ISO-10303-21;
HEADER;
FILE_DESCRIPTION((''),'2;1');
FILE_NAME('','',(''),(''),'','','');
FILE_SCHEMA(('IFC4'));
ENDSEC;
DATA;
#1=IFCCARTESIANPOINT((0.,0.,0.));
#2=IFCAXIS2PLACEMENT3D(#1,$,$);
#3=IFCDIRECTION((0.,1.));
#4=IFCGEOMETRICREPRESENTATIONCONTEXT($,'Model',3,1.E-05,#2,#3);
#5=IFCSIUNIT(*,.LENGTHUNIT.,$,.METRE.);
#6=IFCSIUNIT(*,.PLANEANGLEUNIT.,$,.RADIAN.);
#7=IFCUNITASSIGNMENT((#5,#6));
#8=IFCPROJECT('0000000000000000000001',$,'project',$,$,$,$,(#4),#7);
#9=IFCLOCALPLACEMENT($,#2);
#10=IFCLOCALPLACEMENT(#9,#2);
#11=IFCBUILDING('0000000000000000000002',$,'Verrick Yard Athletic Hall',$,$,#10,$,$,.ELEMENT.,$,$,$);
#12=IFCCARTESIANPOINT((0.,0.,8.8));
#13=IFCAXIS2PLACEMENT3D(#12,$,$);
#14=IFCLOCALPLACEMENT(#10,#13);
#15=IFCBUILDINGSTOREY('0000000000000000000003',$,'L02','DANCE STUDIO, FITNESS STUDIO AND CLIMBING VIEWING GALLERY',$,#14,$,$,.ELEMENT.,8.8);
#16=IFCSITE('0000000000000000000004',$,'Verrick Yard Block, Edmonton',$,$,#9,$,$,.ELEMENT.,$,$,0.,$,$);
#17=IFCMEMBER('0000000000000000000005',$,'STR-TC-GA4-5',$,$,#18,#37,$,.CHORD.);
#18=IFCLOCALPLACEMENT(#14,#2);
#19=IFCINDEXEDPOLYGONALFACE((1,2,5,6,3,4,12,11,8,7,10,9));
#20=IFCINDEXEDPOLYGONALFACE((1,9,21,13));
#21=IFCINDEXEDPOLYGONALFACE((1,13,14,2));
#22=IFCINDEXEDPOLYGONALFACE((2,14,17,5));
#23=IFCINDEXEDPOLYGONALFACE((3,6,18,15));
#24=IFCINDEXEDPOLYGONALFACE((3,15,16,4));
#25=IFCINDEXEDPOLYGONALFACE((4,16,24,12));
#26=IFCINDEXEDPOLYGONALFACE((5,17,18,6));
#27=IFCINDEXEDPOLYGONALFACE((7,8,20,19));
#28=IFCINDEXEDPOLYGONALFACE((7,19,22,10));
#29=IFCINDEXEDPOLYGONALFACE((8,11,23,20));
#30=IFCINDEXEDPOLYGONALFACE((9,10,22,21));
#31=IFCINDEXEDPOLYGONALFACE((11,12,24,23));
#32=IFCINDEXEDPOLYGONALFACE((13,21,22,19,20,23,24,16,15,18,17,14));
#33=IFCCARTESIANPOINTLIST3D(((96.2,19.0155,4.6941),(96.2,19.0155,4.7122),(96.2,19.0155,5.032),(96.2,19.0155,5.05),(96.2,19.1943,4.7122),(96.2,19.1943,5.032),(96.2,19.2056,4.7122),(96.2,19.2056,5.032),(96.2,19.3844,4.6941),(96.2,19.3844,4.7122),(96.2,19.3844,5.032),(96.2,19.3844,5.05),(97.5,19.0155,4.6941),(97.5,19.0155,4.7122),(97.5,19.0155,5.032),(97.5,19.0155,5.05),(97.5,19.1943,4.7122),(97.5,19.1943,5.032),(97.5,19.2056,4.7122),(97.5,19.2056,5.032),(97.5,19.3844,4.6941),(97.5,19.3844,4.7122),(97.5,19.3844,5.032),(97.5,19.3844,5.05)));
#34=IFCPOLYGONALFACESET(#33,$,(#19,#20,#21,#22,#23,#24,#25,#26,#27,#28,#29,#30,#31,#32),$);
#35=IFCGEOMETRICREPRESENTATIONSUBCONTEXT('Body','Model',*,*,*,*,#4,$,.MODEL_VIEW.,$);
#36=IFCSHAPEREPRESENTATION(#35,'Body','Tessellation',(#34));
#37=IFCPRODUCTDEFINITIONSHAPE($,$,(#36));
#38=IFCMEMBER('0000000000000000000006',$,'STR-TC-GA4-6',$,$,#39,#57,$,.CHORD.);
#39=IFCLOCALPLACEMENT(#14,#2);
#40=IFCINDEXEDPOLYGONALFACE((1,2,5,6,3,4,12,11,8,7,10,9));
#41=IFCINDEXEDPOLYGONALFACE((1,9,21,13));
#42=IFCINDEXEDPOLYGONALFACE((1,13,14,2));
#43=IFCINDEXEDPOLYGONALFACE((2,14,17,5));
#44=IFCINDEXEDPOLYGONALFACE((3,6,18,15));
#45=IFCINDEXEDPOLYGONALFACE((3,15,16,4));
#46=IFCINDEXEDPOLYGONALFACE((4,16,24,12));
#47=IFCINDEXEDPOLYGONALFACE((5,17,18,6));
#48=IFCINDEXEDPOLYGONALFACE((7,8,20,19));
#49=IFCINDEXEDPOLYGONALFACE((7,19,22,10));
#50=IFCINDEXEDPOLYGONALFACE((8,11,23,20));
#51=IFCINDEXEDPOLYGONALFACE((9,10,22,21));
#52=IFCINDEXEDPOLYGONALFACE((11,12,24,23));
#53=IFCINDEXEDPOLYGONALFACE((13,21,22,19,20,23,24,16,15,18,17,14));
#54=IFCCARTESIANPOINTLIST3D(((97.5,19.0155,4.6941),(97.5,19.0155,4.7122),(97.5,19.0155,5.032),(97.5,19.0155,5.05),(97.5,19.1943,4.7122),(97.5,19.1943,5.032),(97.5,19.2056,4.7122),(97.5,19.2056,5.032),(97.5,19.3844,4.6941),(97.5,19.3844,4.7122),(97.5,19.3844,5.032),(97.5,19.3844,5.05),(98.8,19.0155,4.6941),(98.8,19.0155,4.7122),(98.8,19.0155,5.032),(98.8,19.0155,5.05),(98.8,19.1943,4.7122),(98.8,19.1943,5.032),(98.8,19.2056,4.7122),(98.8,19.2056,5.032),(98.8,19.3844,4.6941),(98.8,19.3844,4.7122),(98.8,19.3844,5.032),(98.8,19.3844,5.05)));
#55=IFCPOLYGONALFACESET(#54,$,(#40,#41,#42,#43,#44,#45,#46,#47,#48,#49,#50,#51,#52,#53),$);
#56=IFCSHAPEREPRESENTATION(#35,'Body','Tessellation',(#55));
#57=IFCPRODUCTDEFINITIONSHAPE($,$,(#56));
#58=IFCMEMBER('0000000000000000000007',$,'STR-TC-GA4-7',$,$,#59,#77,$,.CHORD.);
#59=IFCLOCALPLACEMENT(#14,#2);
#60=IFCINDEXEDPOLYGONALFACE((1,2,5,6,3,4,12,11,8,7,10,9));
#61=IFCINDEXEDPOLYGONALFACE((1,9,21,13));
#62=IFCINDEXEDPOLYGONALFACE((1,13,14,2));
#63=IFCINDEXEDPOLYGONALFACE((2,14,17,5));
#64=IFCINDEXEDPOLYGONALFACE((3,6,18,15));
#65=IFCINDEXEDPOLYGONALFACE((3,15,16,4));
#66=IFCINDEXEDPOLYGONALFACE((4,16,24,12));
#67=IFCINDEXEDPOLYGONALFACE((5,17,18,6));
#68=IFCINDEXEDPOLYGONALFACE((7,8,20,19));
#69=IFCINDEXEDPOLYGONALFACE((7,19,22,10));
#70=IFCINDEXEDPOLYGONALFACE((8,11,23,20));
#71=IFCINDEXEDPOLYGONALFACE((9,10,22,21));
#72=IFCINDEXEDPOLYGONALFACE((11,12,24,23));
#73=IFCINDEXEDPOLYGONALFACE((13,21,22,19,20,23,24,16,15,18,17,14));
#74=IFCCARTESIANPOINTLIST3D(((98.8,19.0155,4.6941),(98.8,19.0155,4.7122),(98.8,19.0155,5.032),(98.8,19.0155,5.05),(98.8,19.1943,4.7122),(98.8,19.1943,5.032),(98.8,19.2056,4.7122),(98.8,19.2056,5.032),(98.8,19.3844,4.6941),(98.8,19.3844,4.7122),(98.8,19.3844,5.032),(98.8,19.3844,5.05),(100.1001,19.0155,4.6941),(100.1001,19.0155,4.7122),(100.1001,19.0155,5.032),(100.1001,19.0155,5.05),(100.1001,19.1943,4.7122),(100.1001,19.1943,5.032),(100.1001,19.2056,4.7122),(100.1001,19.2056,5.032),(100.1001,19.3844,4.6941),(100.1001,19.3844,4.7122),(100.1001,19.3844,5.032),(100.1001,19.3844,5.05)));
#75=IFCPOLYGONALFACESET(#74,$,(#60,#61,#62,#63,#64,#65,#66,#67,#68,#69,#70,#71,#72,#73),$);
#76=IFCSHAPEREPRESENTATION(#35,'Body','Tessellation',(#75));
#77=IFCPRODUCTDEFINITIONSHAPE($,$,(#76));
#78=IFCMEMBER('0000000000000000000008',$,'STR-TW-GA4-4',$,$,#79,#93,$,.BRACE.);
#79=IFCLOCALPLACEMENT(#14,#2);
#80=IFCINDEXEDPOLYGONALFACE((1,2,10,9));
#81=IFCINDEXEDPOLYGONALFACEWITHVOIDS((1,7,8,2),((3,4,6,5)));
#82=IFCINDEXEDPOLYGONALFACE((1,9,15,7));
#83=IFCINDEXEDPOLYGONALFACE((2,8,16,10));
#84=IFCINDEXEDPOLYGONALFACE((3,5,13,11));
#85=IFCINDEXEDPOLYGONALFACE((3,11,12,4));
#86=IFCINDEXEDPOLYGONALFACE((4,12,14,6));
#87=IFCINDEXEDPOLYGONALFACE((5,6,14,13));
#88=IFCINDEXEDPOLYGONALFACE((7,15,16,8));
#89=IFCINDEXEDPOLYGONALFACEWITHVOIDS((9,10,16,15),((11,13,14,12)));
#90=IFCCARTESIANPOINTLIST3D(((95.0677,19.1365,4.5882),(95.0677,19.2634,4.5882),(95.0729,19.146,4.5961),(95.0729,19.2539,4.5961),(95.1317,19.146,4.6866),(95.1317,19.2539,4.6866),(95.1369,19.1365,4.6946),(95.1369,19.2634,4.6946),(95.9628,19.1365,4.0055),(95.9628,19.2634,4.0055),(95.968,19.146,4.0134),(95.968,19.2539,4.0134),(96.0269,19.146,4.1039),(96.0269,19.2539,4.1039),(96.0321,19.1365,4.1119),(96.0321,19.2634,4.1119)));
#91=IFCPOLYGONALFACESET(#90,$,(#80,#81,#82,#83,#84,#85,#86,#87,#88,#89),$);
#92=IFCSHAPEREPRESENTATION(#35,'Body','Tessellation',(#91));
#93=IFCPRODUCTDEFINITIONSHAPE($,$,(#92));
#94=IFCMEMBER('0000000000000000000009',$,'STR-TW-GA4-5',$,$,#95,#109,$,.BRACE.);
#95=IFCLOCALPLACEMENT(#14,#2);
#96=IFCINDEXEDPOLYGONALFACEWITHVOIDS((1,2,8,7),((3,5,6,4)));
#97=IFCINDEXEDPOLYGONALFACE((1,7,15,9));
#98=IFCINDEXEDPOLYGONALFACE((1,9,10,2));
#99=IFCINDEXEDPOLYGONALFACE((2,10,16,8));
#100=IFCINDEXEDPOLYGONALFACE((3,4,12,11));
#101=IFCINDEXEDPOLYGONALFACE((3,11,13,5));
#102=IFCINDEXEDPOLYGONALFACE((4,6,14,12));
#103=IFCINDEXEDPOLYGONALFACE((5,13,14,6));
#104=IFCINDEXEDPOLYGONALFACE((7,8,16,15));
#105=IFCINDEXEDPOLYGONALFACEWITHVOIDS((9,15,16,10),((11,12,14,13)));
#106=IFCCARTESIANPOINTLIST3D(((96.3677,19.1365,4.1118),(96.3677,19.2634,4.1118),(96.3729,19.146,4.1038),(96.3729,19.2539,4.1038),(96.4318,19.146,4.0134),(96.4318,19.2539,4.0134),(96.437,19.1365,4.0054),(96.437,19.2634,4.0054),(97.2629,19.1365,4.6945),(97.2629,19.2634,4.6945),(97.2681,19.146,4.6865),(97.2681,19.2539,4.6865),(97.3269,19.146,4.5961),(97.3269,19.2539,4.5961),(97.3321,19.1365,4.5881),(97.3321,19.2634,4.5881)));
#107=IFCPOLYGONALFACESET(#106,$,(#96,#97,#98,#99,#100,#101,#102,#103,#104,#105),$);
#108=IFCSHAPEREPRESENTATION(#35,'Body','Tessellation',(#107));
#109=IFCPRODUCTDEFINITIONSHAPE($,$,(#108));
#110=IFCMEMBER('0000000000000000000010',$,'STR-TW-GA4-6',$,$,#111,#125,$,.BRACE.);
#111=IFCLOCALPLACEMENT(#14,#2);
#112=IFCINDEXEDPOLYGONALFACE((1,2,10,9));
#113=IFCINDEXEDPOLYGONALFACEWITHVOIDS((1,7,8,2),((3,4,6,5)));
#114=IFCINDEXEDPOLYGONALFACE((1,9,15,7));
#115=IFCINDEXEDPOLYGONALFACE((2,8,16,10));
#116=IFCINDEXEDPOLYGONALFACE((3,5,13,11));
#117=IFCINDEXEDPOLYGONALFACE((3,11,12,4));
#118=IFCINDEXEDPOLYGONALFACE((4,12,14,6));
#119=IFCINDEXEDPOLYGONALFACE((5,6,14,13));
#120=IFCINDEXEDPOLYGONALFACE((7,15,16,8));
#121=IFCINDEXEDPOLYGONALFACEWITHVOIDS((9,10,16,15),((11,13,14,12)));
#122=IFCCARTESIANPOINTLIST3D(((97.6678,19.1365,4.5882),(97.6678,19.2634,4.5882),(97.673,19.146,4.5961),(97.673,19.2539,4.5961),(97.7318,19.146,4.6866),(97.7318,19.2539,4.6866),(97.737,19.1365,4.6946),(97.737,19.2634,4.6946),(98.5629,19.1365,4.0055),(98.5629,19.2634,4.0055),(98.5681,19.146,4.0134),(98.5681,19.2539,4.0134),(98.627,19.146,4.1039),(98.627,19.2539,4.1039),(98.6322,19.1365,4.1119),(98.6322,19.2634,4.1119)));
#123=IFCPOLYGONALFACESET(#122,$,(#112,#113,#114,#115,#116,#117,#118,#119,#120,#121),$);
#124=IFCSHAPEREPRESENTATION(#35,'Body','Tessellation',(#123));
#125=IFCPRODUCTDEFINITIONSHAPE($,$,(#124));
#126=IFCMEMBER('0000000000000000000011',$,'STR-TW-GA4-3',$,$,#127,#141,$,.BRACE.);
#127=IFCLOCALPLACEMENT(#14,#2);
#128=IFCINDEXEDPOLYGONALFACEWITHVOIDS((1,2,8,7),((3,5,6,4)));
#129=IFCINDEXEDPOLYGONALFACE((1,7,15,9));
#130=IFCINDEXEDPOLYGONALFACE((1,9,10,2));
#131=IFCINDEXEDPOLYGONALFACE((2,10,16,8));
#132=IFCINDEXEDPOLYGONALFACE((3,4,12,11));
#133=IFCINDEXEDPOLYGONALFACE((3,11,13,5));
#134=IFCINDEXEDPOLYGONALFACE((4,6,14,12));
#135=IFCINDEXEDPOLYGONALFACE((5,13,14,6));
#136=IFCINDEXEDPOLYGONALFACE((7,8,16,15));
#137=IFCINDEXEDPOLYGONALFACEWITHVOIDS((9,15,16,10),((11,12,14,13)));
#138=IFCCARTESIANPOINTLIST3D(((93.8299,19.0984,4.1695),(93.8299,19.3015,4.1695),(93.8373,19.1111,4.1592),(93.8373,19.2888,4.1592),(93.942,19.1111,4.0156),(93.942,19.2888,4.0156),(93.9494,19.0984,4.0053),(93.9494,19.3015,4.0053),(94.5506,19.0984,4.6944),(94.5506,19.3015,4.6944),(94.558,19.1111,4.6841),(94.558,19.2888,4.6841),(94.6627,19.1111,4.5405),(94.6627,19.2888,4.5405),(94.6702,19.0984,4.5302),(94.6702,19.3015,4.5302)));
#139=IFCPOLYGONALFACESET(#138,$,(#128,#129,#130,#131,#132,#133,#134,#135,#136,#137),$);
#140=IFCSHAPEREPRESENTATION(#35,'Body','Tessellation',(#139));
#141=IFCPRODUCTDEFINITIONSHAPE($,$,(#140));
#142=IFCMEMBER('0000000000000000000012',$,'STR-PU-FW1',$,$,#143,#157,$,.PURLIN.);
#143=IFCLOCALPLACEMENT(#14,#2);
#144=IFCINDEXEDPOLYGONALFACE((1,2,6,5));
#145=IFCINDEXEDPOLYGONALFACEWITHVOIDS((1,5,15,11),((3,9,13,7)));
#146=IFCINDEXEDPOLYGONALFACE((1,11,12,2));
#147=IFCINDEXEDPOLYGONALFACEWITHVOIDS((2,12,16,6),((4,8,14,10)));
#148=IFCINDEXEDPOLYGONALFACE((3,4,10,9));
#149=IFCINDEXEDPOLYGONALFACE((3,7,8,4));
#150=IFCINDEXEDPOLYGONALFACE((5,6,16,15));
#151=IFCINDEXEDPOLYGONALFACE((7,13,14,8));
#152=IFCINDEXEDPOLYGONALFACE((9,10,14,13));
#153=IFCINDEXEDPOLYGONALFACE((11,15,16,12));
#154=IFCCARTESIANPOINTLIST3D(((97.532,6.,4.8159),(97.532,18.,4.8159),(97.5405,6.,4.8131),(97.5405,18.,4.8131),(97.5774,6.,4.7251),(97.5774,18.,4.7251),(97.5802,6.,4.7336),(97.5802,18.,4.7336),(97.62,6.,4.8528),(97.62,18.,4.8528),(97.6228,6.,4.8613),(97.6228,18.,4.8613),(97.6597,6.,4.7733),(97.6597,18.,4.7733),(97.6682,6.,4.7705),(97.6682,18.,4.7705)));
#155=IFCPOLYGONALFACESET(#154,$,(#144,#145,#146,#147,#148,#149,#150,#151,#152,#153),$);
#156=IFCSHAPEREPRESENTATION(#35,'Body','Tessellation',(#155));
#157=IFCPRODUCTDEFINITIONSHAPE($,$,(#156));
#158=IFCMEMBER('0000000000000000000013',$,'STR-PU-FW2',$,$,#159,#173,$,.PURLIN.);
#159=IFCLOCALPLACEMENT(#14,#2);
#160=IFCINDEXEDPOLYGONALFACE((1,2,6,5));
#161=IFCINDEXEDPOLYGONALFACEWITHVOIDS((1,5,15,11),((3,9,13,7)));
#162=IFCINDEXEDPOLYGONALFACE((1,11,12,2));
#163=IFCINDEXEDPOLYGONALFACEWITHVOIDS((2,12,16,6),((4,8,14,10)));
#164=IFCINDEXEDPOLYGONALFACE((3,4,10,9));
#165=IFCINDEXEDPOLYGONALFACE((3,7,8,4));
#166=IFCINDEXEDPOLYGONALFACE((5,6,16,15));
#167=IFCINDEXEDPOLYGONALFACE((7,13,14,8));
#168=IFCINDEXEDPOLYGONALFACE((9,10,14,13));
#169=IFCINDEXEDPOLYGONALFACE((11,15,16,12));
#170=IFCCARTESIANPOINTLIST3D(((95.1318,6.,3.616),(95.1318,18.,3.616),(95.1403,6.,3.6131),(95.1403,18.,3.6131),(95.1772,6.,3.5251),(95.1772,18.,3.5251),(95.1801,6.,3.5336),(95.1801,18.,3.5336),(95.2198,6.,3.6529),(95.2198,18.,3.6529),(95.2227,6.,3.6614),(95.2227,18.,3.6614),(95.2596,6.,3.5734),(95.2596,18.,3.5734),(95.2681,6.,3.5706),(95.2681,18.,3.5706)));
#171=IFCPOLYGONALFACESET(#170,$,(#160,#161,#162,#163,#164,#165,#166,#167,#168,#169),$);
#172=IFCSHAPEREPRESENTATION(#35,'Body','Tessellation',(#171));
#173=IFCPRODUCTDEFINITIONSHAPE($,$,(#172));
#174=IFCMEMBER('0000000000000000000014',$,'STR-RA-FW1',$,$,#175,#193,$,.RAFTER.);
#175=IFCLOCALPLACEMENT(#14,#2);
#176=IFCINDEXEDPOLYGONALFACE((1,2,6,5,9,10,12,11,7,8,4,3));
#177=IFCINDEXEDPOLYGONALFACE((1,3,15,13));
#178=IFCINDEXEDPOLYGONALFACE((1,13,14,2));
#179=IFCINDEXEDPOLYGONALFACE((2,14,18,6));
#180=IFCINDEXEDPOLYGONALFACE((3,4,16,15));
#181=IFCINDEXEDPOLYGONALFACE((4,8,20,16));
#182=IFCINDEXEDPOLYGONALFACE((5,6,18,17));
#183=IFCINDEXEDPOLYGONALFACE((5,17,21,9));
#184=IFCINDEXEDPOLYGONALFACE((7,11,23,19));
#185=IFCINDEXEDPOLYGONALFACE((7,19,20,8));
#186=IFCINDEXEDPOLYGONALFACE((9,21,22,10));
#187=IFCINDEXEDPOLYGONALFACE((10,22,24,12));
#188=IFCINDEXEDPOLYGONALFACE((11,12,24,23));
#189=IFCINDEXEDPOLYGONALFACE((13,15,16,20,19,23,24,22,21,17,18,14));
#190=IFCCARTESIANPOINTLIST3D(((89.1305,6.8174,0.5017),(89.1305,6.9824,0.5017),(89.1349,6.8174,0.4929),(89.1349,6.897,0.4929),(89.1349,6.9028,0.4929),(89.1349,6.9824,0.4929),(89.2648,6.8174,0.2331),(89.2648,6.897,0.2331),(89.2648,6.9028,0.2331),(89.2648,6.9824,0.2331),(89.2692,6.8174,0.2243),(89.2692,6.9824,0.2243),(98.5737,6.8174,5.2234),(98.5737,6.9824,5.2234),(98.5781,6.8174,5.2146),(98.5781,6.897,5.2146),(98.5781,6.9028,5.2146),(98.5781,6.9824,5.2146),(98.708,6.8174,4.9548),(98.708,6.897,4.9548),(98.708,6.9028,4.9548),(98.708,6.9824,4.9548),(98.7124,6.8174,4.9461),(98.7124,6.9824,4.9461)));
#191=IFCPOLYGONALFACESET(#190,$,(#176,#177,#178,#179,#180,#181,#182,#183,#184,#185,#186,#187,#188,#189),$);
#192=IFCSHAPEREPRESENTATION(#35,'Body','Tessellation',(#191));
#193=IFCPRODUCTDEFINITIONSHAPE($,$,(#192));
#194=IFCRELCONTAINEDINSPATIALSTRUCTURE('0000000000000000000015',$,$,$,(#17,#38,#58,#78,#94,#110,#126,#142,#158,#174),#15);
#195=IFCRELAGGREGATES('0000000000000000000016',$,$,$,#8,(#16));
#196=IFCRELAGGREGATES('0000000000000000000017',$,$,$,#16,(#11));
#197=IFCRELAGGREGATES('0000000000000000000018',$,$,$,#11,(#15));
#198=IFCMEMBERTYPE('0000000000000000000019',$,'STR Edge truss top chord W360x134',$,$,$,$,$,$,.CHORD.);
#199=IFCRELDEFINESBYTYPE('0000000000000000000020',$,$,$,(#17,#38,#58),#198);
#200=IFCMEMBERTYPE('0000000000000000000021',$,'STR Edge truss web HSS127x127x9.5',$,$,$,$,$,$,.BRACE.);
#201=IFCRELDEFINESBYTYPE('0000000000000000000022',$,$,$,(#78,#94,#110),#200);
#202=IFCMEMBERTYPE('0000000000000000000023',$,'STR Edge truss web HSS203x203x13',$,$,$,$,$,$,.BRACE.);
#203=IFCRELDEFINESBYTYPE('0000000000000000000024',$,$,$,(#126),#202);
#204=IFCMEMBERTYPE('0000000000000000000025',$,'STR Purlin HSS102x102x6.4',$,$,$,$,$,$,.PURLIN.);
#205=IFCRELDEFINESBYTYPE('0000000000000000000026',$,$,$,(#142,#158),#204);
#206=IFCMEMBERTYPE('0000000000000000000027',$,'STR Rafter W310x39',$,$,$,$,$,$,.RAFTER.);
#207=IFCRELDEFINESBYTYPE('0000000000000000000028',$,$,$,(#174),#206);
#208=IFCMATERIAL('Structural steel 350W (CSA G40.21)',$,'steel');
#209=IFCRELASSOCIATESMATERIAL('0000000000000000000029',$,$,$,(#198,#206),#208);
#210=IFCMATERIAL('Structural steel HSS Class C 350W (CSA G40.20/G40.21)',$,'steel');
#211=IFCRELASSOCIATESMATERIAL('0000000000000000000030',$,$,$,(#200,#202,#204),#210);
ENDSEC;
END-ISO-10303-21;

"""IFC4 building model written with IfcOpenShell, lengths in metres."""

from ifc_helpers import new_model, si_unit, direction, frame, origin, origin_2d, place, context, subcontext, project, spatial, hollow_rectangle, i_section, extrude, material, material_profile, profile_set, type_object, element, save


model = new_model("IFC4")

# Units and contexts
model_context = context("Model", 3, precision=1e-05, world=origin(), true_north=direction((0.0, 1.0)))
body_context = subcontext(model_context, "Body", "Model", "MODEL_VIEW")
ifc_project = project(units=[si_unit("LENGTHUNIT", "METRE"), si_unit("PLANEANGLEUNIT", "RADIAN")], contexts=[model_context])

# Site, building, storey
site_placement = place(None, origin())
site = spatial("IfcSite", under=ifc_project, at=site_placement, Name="Verrick Yard Block, Edmonton", CompositionType="ELEMENT", RefElevation=0.0)
building_placement = place(site_placement, origin())
building = spatial("IfcBuilding", under=site, at=building_placement, Name="Verrick Yard Athletic Hall", CompositionType="ELEMENT")
storey_placement = place(building_placement, frame((0.0, 0.0, 8.8)))
storey = spatial("IfcBuildingStorey", under=building, at=storey_placement, Name="L02", Description="DANCE STUDIO, FITNESS STUDIO AND CLIMBING VIEWING GALLERY", CompositionType="ELEMENT", Elevation=8.8)

# Shared definitions
ifc_material_1 = material(Name="Structural steel 350W (CSA G40.21)", Category="steel")

# Members
ifc_material_profile_1 = material_profile(ifc_material_1, i_section(OverallWidth=0.3689, OverallDepth=0.356, WebThickness=0.0112, FlangeThickness=0.0181, at=origin_2d()), Name="W360x134")
ifc_profile_set_1 = profile_set([ifc_material_profile_1], Name="Structural steel 350W (CSA G40.21)")
member_type_1 = type_object("IfcMemberType", Name="STR Edge truss top chord W360x134", PredefinedType="CHORD", material=ifc_profile_set_1)
for number, where, z_axis, x_axis, name in (
    (1, (96.2, 19.2, 4.8721), (1.0, 0.0, 0.0), (0.0, 1.0, 0.0), "STR-TC-GA4-5"),
    (2, (97.5, 19.2, 4.8721), (1.0, 0.0, 0.0), (0.0, 1.0, 0.0), "STR-TC-GA4-6"),
    (3, (98.8, 19.2, 4.8721), (1.0, 0.0, 0.0), (0.0, 1.0, 0.0), "STR-TC-GA4-7"),
):
    element("IfcMember", number, at=place(storey_placement, frame(where, z_axis=z_axis, x_axis=x_axis)), inside=storey, type_object=member_type_1, Name=name, PredefinedType="CHORD", context=body_context, shape_type="SweptSolid", body=[
        extrude(i_section(OverallWidth=0.3689, OverallDepth=0.356, WebThickness=0.0112, FlangeThickness=0.0181, at=origin_2d()), origin(), (0.0, 0.0, 1.0), 1.3),
    ])
ifc_material_2 = material(Name="Structural steel HSS Class C 350W (CSA G40.20/G40.21)", Category="steel")
ifc_material_profile_2 = material_profile(ifc_material_2, hollow_rectangle(XDim=0.127, YDim=0.127, WallThickness=0.0095, at=origin_2d()), Name="HSS127x127x9.5")
ifc_profile_set_2 = profile_set([ifc_material_profile_2], Name="Structural steel HSS Class C 350W (CSA G40.20/G40.21)")
member_type_2 = type_object("IfcMemberType", Name="STR Edge truss web HSS127x127x9.5", PredefinedType="BRACE", material=ifc_profile_set_2)
for number, where, z_axis, x_axis, name in (
    (4, (95.1023, 19.2, 4.6414), (0.838083, 0.0, -0.545543), (0.0, 1.0, 0.0), "STR-TW-GA4-4"),
    (5, (96.4023, 19.2, 4.0586), (0.838083, 0.0, 0.545543), (0.0, 1.0, 0.0), "STR-TW-GA4-5"),
    (6, (97.7024, 19.2, 4.6414), (0.838083, 0.0, -0.545543), (0.0, 1.0, 0.0), "STR-TW-GA4-6"),
):
    element("IfcMember", number, at=place(storey_placement, frame(where, z_axis=z_axis, x_axis=x_axis)), inside=storey, type_object=member_type_2, Name=name, PredefinedType="BRACE", context=body_context, shape_type="SweptSolid", body=[
        extrude(hollow_rectangle(XDim=0.127, YDim=0.127, WallThickness=0.0095, at=origin_2d()), origin(), (0.0, 0.0, 1.0), 1.0681),
    ])
ifc_material_profile_3 = material_profile(ifc_material_2, hollow_rectangle(XDim=0.2031, YDim=0.2031, WallThickness=0.0127, at=origin_2d()), Name="HSS203x203x13")
ifc_profile_set_3 = profile_set([ifc_material_profile_3], Name="Structural steel HSS Class C 350W (CSA G40.20/G40.21)")
member_type_3 = type_object("IfcMemberType", Name="STR Edge truss web HSS203x203x13", PredefinedType="BRACE", material=ifc_profile_set_3)
member_1_placement = place(storey_placement, frame((93.8896, 19.2, 4.0874), z_axis=(0.808333, 0.0, 0.588725), x_axis=(0.0, 1.0, 0.0)))
element("IfcMember", 7, at=member_1_placement, inside=storey, type_object=member_type_3, Name="STR-TW-GA4-3", PredefinedType="BRACE", context=body_context, shape_type="SweptSolid", body=[
    extrude(hollow_rectangle(XDim=0.2031, YDim=0.2031, WallThickness=0.0127, at=origin_2d()), origin(), (0.0, 0.0, 1.0), 0.8916),
])
ifc_material_profile_4 = material_profile(ifc_material_2, hollow_rectangle(XDim=0.1016, YDim=0.1016, WallThickness=0.0063, at=origin_2d()), Name="HSS102x102x6.4")
ifc_profile_set_4 = profile_set([ifc_material_profile_4], Name="Structural steel HSS Class C 350W (CSA G40.20/G40.21)")
member_type_4 = type_object("IfcMemberType", Name="STR Purlin HSS102x102x6.4", PredefinedType="PURLIN", material=ifc_profile_set_4)
for number, where, z_axis, x_axis, name in (
    (8, (97.6001, 6.0, 4.7932), (0.0, 1.0, 0.0), (-0.894427, 0.0, -0.447214), "STR-PU-FW1"),
    (9, (95.2, 6.0, 3.5933), (0.0, 1.0, 0.0), (-0.894427, 0.0, -0.447214), "STR-PU-FW2"),
):
    element("IfcMember", number, at=place(storey_placement, frame(where, z_axis=z_axis, x_axis=x_axis)), inside=storey, type_object=member_type_4, Name=name, PredefinedType="PURLIN", context=body_context, shape_type="SweptSolid", body=[
        extrude(hollow_rectangle(XDim=0.1016, YDim=0.1016, WallThickness=0.0063, at=origin_2d()), origin(), (0.0, 0.0, 1.0), 12.0),
    ])
ifc_material_profile_5 = material_profile(ifc_material_1, i_section(OverallWidth=0.165, OverallDepth=0.3101, WebThickness=0.0059, FlangeThickness=0.0098, at=origin_2d()), Name="W310x39")
ifc_profile_set_5 = profile_set([ifc_material_profile_5], Name="Structural steel 350W (CSA G40.21)")
member_type_5 = type_object("IfcMemberType", Name="STR Rafter W310x39", PredefinedType="RAFTER", material=ifc_profile_set_5)
for number, where, z_axis, x_axis, name in (
    (10, (98.6431, 6.8999, 5.0847), (-0.894423, 0.0, -0.447223), (0.0, -1.0, 0.0), "STR-RA-FW1"),
):
    element("IfcMember", number, at=place(storey_placement, frame(where, z_axis=z_axis, x_axis=x_axis)), inside=storey, type_object=member_type_5, Name=name, PredefinedType="RAFTER", context=body_context, shape_type="SweptSolid", body=[
        extrude(i_section(OverallWidth=0.165, OverallDepth=0.3101, WebThickness=0.0059, FlangeThickness=0.0098, at=origin_2d()), origin(), (0.0, 0.0, 1.0), 10.5579),
    ])

save(model, "model.ifc")
